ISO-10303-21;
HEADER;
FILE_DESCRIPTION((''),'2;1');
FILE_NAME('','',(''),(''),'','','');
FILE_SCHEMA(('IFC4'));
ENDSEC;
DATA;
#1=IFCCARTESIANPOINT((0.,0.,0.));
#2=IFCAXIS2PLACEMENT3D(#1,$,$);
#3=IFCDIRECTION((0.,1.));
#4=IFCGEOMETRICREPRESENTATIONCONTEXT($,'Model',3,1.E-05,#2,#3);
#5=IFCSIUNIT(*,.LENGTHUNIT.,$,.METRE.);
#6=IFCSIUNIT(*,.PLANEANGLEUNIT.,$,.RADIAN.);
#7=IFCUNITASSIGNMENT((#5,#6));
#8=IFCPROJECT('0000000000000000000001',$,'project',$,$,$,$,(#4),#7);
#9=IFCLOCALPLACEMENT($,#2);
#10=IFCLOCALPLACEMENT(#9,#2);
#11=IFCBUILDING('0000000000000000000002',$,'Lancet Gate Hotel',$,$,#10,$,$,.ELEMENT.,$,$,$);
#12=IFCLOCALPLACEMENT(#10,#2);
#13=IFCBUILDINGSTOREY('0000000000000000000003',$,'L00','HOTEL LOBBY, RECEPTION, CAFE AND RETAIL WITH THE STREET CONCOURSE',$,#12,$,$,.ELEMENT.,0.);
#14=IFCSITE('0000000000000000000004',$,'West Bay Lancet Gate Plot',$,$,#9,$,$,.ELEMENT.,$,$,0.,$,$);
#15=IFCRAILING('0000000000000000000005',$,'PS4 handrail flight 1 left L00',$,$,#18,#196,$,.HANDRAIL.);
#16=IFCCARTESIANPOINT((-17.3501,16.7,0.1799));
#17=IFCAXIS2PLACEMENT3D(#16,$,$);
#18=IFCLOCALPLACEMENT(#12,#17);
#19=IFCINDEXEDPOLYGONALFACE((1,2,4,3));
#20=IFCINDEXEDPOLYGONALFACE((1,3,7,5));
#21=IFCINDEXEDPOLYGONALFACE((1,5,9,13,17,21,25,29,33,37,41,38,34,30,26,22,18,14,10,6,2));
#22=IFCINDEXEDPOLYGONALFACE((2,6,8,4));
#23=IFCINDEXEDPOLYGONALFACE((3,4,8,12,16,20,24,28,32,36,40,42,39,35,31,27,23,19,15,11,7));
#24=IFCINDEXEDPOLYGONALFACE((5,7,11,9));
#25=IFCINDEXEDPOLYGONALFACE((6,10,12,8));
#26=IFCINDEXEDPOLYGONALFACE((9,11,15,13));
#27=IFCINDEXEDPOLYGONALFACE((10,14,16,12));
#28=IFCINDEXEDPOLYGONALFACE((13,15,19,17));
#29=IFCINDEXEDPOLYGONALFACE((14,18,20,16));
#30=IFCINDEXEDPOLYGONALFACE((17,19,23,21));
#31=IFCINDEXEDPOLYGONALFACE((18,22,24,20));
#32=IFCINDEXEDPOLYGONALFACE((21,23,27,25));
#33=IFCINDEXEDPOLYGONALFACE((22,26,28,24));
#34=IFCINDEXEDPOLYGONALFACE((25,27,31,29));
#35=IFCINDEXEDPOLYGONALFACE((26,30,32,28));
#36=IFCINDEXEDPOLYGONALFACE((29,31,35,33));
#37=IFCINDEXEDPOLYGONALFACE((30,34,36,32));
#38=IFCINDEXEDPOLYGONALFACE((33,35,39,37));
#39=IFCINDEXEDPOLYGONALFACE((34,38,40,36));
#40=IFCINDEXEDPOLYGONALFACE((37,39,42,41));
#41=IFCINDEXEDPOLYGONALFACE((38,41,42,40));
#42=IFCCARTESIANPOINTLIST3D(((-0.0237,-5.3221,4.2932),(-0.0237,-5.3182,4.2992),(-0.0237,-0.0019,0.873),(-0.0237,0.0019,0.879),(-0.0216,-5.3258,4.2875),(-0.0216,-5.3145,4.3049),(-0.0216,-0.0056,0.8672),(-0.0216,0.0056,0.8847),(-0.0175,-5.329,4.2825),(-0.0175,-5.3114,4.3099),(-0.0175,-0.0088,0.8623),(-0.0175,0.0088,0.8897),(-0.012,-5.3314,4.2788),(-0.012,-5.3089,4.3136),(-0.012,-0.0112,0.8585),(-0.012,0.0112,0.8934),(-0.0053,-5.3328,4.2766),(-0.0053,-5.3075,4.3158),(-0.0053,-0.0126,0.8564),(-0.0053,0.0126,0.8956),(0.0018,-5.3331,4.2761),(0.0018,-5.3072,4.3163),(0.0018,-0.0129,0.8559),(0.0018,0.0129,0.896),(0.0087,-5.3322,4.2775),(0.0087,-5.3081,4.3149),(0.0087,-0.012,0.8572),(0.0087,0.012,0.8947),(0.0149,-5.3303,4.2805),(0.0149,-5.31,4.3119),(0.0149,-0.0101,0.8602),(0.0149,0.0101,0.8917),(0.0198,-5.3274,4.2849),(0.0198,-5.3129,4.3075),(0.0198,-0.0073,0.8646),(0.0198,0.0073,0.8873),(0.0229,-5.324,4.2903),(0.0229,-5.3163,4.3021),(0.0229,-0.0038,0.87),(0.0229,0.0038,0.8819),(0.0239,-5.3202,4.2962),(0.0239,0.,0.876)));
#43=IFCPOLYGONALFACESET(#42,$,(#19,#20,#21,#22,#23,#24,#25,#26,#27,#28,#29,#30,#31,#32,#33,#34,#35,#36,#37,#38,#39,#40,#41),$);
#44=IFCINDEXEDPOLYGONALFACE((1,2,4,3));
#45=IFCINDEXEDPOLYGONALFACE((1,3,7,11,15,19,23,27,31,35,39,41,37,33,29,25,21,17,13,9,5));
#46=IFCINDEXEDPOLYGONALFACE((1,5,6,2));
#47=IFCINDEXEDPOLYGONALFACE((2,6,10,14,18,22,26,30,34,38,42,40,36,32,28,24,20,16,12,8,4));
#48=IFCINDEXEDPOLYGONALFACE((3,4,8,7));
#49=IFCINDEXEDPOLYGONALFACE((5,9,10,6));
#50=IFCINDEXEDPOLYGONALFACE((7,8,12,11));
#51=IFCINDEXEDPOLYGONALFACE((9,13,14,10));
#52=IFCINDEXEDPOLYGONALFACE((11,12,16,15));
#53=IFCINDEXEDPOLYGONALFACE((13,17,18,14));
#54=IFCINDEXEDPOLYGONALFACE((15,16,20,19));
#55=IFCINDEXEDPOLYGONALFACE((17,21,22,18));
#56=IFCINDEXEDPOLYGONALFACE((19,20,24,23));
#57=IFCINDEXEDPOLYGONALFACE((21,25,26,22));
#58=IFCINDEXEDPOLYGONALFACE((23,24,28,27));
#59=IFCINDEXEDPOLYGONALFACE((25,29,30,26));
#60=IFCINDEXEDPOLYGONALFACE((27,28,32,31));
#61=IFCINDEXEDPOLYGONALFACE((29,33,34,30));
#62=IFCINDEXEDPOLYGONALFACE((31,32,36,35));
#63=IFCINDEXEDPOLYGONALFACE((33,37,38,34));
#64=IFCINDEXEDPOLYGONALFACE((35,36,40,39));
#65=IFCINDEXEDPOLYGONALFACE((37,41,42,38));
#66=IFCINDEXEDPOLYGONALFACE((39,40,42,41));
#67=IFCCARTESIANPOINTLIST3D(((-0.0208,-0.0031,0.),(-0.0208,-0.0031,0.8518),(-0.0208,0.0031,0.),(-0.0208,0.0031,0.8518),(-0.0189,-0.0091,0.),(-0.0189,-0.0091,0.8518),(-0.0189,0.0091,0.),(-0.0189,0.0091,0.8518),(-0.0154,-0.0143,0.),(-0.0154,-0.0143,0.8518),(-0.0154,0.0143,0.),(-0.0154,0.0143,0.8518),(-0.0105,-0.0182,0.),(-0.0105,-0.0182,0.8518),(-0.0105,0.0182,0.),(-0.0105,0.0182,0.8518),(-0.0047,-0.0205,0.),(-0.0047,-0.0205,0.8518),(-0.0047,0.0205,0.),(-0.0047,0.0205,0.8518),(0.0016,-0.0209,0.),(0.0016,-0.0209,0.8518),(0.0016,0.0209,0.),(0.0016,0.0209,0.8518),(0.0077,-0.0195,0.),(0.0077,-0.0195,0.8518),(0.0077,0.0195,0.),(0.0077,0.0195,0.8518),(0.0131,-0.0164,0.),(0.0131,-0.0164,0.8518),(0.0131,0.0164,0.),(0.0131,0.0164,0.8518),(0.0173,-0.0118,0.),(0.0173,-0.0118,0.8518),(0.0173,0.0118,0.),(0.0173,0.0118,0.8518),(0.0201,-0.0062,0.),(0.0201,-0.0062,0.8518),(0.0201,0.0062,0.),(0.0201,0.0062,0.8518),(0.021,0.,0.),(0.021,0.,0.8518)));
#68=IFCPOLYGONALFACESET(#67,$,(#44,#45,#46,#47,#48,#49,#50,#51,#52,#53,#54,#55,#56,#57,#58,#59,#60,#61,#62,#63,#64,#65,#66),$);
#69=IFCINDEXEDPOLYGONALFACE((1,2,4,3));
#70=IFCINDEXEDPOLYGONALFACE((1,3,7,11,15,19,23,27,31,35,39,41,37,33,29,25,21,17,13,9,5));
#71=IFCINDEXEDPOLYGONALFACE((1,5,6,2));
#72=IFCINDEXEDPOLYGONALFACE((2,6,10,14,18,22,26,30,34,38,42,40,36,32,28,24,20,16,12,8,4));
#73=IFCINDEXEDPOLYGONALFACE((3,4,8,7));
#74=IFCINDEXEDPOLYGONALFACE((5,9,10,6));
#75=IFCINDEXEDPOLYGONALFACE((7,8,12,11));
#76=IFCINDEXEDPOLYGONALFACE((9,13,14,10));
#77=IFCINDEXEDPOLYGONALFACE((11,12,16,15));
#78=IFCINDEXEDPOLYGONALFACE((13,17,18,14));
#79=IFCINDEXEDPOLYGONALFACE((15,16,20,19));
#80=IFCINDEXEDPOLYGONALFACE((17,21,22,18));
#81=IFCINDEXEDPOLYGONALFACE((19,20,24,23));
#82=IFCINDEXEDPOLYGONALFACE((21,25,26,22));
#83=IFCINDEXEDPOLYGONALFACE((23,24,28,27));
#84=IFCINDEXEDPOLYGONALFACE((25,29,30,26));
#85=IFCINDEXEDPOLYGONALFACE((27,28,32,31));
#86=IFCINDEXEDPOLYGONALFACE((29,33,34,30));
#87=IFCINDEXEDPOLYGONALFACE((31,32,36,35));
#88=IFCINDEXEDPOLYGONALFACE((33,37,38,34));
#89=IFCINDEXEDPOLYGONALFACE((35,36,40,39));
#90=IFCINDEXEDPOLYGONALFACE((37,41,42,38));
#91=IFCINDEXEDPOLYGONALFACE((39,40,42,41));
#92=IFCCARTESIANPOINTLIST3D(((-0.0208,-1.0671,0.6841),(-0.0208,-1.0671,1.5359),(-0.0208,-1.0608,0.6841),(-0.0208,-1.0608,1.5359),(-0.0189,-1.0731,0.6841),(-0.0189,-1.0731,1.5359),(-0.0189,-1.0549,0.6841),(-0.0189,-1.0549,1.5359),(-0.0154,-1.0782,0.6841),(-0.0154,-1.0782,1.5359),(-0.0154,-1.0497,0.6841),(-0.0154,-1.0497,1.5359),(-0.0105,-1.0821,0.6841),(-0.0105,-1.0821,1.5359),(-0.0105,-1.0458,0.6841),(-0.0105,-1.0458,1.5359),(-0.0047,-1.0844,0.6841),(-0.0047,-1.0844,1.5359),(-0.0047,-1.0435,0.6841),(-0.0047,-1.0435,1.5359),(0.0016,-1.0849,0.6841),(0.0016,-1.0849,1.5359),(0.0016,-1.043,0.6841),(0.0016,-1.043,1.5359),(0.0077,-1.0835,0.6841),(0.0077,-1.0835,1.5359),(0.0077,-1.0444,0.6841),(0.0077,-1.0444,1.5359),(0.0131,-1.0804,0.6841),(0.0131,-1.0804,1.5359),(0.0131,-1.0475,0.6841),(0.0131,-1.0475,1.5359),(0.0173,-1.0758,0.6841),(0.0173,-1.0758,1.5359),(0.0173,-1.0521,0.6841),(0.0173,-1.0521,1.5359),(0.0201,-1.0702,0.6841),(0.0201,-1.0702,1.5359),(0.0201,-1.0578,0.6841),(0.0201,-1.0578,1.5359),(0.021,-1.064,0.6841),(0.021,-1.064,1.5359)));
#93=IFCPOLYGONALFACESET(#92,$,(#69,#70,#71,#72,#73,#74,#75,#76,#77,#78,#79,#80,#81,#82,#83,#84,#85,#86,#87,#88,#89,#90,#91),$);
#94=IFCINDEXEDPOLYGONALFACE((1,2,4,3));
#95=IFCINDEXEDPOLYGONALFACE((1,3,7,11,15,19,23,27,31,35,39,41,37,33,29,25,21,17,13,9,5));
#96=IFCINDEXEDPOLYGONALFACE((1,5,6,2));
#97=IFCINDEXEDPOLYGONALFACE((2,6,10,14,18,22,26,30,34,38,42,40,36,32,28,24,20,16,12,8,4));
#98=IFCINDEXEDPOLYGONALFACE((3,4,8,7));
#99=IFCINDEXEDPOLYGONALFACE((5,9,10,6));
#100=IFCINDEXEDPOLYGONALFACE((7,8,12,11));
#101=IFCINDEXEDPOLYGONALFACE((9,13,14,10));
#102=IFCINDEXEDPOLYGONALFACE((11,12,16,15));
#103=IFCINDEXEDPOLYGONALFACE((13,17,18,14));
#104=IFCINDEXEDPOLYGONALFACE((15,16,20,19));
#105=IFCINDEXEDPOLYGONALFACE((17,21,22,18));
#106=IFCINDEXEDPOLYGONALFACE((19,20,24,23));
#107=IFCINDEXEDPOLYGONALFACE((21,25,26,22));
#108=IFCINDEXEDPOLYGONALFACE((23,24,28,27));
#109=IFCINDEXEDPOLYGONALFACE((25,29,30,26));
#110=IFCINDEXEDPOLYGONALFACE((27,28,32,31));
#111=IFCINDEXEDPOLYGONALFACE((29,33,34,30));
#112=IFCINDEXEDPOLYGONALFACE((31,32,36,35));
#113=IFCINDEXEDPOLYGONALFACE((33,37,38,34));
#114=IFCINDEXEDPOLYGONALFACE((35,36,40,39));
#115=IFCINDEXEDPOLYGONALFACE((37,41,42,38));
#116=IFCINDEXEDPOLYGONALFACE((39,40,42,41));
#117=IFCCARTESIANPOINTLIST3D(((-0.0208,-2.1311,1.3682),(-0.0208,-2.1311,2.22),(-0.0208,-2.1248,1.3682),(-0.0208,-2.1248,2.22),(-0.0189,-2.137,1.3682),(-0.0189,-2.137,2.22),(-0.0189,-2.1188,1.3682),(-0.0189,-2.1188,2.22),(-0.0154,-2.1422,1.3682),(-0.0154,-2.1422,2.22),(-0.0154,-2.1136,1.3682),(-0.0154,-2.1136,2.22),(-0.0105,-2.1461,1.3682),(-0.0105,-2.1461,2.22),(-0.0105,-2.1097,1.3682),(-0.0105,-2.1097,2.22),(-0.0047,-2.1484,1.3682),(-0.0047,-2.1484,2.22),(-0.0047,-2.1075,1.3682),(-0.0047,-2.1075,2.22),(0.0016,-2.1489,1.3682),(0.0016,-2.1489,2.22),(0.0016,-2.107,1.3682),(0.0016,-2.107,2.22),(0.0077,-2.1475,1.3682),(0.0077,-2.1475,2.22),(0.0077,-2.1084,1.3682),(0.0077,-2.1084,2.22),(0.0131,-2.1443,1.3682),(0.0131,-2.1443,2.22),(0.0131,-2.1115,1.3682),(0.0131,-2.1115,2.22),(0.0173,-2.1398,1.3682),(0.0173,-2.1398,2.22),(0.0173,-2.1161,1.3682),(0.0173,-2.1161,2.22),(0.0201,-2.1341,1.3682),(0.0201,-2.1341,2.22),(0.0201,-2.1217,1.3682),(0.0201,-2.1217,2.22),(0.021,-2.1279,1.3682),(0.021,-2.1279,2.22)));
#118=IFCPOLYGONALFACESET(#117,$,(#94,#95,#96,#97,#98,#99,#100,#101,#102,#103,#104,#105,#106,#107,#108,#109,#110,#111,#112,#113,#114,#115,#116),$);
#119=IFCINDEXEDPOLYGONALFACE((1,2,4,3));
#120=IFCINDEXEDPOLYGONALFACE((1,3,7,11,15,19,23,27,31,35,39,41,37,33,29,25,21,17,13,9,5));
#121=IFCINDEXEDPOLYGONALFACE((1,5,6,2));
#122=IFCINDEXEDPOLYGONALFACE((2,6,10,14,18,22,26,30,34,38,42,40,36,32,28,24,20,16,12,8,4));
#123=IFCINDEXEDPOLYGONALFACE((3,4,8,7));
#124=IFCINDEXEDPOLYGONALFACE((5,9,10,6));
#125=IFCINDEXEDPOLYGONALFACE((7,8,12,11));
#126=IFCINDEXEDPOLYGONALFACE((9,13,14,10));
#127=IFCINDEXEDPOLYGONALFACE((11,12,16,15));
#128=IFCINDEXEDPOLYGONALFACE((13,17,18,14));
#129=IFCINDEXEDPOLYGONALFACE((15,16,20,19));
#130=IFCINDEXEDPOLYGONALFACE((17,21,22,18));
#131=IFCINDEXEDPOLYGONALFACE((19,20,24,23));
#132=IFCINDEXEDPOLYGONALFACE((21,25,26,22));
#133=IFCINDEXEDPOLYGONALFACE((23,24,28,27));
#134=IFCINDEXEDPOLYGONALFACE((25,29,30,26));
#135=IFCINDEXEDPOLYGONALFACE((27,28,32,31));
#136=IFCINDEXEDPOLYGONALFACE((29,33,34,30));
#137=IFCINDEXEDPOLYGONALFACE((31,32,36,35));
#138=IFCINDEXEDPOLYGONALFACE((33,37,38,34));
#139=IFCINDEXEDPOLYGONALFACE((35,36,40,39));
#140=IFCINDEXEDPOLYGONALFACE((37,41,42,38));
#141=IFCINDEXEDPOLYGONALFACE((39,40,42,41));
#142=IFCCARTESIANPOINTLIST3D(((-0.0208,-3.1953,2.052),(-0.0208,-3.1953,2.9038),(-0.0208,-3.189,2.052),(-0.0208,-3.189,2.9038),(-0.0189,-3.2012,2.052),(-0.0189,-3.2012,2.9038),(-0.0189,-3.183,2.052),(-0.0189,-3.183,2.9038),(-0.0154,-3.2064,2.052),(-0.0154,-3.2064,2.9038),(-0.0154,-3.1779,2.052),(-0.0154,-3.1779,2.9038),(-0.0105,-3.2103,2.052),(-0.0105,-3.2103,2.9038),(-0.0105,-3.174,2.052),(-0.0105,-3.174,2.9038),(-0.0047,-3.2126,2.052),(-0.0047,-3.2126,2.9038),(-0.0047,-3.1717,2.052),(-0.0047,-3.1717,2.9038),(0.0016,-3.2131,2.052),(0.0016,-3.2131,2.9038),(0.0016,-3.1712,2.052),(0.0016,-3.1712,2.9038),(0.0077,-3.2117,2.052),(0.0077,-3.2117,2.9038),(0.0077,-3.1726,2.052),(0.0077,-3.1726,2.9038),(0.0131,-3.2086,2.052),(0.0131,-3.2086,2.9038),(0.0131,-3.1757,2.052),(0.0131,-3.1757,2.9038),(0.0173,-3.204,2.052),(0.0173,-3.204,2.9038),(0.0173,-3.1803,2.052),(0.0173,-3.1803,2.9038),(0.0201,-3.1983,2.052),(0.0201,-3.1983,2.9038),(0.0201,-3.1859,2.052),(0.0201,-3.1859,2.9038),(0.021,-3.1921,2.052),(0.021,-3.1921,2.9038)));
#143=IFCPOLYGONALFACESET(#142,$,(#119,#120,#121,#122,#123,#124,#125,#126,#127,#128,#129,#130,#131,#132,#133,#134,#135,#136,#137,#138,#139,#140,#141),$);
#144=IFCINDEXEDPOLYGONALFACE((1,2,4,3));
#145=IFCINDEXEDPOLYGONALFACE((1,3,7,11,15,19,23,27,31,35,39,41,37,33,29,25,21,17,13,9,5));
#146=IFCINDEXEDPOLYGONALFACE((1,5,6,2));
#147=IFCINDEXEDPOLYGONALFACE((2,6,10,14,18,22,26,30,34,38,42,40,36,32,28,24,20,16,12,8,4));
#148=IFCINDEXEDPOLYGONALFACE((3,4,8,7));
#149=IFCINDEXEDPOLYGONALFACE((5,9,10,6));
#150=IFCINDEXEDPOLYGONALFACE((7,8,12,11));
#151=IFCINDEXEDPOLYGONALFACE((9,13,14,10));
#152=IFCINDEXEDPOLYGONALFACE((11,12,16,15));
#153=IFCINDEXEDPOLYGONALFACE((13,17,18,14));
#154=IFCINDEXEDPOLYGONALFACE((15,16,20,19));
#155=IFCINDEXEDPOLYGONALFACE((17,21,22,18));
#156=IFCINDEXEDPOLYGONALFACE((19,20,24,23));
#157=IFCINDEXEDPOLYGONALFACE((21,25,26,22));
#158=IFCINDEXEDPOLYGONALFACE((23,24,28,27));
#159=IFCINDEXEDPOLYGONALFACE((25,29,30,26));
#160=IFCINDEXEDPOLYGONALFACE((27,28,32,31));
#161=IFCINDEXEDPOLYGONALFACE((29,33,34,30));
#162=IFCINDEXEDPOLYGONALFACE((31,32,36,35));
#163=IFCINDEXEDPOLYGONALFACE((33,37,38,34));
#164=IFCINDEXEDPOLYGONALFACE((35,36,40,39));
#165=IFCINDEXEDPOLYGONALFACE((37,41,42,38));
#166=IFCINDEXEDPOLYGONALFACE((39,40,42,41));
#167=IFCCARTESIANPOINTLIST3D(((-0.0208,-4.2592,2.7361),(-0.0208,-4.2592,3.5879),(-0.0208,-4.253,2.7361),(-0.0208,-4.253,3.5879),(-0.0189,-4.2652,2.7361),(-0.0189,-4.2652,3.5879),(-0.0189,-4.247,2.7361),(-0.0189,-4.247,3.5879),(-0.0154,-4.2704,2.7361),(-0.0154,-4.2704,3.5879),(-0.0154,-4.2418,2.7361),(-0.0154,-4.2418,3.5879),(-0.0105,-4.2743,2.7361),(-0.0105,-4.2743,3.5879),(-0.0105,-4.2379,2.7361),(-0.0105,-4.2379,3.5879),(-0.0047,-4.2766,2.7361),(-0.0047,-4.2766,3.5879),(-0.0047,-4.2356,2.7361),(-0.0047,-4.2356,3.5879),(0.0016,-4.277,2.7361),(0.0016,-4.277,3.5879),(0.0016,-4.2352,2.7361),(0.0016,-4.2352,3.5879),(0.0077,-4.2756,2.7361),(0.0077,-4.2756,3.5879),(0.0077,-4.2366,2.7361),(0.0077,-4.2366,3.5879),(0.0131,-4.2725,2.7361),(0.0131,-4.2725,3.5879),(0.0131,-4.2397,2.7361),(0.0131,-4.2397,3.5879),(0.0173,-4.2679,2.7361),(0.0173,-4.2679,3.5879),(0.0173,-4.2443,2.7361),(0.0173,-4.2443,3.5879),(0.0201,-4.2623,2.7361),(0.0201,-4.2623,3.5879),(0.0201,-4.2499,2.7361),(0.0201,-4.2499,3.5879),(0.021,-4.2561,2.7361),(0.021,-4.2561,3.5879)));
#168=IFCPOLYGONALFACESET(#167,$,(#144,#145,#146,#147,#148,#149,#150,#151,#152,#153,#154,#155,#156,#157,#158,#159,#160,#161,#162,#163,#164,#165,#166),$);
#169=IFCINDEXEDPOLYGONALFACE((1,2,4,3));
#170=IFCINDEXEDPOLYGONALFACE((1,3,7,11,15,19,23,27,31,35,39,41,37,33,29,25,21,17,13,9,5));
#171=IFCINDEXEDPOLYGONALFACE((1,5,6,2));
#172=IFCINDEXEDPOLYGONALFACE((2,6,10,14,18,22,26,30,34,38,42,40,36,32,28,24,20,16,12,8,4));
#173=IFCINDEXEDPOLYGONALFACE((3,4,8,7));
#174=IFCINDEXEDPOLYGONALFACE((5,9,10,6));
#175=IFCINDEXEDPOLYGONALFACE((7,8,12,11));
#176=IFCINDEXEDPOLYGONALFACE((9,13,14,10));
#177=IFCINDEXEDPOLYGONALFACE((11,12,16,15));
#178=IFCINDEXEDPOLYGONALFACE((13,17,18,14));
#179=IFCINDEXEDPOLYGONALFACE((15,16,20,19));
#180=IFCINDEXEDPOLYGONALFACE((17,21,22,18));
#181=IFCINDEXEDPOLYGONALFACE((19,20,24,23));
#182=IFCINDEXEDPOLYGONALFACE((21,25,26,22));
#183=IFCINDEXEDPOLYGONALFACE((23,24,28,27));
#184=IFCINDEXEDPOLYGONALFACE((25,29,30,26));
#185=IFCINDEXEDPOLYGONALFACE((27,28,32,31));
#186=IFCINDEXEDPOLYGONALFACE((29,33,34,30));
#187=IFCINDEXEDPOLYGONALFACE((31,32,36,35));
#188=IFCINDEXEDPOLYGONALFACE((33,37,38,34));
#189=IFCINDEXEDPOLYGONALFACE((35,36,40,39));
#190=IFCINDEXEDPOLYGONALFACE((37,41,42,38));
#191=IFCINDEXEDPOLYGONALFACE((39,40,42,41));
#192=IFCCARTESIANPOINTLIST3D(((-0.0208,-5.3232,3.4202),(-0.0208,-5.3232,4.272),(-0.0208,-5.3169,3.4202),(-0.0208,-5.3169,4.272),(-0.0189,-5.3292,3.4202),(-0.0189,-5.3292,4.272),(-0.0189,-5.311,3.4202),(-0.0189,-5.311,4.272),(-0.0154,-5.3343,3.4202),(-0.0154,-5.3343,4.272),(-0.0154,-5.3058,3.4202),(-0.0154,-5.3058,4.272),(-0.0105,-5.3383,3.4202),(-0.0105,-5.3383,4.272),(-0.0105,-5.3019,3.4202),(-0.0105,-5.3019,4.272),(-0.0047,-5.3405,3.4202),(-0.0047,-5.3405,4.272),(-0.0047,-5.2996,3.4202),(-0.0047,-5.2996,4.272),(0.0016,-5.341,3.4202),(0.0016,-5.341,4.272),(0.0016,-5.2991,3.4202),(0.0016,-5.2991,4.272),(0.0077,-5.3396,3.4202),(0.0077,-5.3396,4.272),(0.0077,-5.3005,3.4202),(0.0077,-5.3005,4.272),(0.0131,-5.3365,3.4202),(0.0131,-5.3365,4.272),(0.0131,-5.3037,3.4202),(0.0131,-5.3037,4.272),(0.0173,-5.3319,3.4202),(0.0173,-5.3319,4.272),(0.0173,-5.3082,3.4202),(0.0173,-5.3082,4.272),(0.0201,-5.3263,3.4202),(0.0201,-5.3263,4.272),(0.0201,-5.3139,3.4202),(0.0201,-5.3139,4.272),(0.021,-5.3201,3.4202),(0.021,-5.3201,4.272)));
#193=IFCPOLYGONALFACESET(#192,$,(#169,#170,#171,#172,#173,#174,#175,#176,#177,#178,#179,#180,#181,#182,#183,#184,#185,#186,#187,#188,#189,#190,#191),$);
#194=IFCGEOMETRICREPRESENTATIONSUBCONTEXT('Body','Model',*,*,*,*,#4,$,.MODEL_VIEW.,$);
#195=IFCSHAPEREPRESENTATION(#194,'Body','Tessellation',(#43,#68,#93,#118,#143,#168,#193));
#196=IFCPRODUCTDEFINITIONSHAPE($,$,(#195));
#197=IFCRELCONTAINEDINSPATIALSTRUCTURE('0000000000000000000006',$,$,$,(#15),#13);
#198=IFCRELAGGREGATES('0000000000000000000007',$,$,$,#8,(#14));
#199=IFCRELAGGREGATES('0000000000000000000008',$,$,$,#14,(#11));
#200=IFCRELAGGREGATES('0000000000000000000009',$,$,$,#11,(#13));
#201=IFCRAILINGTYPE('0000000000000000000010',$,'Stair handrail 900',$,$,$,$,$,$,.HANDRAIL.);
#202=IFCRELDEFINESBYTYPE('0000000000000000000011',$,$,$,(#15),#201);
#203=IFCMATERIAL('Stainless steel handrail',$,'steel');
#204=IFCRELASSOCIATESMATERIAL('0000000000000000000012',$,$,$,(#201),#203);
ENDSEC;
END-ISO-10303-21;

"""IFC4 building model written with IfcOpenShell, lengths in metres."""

from ifc_helpers import new_model, si_unit, direction, frame, origin, origin_2d, place, context, subcontext, project, spatial, circle, extrude, material, type_object, element, save


model = new_model("IFC4")

# Units and contexts
model_context = context("Model", 3, precision=1e-05, world=origin(), true_north=direction((0.0, 1.0)))
body_context = subcontext(model_context, "Body", "Model", "MODEL_VIEW")
ifc_project = project(units=[si_unit("LENGTHUNIT", "METRE"), si_unit("PLANEANGLEUNIT", "RADIAN")], contexts=[model_context])

# Site, building, storey
site_placement = place(None, origin())
site = spatial("IfcSite", under=ifc_project, at=site_placement, Name="West Bay Lancet Gate Plot", CompositionType="ELEMENT", RefElevation=0.0)
building_placement = place(site_placement, origin())
building = spatial("IfcBuilding", under=site, at=building_placement, Name="Lancet Gate Hotel", CompositionType="ELEMENT")
storey_placement = place(building_placement, origin())
storey = spatial("IfcBuildingStorey", under=building, at=storey_placement, Name="L00", Description="HOTEL LOBBY, RECEPTION, CAFE AND RETAIL WITH THE STREET CONCOURSE", CompositionType="ELEMENT", Elevation=0.0)

# Railing
ifc_material_1 = material(Name="Stainless steel handrail", Category="steel")
railing_type = type_object("IfcRailingType", Name="Stair handrail 900", PredefinedType="HANDRAIL", material=ifc_material_1)
railing_1_placement = place(storey_placement, frame((-17.3501, 16.7, 0.1799)))
element("IfcRailing", 1, at=railing_1_placement, inside=storey, type_object=railing_type, Name="PS4 handrail flight 1 left L00", PredefinedType="HANDRAIL", context=body_context, shape_type="SweptSolid", body=[
    extrude(circle(Radius=0.0239, at=origin_2d()), frame((0.0, 0.0, 0.876), z_axis=(0.0, -0.84117, 0.540771), x_axis=(1.0, 0.0, 0.0)), (0.0, 0.0, 1.0), 6.3247),
    extrude(circle(Radius=0.021, at=origin_2d()), origin(), (0.0, 0.0, 1.0), 0.8518),
    extrude(circle(Radius=0.021, at=origin_2d()), frame((0.0, -1.064, 0.6841)), (0.0, 0.0, 1.0), 0.8518),
    extrude(circle(Radius=0.021, at=origin_2d()), frame((0.0, -2.1279, 1.3682)), (0.0, 0.0, 1.0), 0.8518),
    extrude(circle(Radius=0.021, at=origin_2d()), frame((0.0, -3.1921, 2.052)), (0.0, 0.0, 1.0), 0.8518),
    extrude(circle(Radius=0.021, at=origin_2d()), frame((0.0, -4.2561, 2.7361)), (0.0, 0.0, 1.0), 0.8518),
    extrude(circle(Radius=0.021, at=origin_2d()), frame((0.0, -5.3201, 3.4202)), (0.0, 0.0, 1.0), 0.8518),
])

save(model, "model.ifc")
